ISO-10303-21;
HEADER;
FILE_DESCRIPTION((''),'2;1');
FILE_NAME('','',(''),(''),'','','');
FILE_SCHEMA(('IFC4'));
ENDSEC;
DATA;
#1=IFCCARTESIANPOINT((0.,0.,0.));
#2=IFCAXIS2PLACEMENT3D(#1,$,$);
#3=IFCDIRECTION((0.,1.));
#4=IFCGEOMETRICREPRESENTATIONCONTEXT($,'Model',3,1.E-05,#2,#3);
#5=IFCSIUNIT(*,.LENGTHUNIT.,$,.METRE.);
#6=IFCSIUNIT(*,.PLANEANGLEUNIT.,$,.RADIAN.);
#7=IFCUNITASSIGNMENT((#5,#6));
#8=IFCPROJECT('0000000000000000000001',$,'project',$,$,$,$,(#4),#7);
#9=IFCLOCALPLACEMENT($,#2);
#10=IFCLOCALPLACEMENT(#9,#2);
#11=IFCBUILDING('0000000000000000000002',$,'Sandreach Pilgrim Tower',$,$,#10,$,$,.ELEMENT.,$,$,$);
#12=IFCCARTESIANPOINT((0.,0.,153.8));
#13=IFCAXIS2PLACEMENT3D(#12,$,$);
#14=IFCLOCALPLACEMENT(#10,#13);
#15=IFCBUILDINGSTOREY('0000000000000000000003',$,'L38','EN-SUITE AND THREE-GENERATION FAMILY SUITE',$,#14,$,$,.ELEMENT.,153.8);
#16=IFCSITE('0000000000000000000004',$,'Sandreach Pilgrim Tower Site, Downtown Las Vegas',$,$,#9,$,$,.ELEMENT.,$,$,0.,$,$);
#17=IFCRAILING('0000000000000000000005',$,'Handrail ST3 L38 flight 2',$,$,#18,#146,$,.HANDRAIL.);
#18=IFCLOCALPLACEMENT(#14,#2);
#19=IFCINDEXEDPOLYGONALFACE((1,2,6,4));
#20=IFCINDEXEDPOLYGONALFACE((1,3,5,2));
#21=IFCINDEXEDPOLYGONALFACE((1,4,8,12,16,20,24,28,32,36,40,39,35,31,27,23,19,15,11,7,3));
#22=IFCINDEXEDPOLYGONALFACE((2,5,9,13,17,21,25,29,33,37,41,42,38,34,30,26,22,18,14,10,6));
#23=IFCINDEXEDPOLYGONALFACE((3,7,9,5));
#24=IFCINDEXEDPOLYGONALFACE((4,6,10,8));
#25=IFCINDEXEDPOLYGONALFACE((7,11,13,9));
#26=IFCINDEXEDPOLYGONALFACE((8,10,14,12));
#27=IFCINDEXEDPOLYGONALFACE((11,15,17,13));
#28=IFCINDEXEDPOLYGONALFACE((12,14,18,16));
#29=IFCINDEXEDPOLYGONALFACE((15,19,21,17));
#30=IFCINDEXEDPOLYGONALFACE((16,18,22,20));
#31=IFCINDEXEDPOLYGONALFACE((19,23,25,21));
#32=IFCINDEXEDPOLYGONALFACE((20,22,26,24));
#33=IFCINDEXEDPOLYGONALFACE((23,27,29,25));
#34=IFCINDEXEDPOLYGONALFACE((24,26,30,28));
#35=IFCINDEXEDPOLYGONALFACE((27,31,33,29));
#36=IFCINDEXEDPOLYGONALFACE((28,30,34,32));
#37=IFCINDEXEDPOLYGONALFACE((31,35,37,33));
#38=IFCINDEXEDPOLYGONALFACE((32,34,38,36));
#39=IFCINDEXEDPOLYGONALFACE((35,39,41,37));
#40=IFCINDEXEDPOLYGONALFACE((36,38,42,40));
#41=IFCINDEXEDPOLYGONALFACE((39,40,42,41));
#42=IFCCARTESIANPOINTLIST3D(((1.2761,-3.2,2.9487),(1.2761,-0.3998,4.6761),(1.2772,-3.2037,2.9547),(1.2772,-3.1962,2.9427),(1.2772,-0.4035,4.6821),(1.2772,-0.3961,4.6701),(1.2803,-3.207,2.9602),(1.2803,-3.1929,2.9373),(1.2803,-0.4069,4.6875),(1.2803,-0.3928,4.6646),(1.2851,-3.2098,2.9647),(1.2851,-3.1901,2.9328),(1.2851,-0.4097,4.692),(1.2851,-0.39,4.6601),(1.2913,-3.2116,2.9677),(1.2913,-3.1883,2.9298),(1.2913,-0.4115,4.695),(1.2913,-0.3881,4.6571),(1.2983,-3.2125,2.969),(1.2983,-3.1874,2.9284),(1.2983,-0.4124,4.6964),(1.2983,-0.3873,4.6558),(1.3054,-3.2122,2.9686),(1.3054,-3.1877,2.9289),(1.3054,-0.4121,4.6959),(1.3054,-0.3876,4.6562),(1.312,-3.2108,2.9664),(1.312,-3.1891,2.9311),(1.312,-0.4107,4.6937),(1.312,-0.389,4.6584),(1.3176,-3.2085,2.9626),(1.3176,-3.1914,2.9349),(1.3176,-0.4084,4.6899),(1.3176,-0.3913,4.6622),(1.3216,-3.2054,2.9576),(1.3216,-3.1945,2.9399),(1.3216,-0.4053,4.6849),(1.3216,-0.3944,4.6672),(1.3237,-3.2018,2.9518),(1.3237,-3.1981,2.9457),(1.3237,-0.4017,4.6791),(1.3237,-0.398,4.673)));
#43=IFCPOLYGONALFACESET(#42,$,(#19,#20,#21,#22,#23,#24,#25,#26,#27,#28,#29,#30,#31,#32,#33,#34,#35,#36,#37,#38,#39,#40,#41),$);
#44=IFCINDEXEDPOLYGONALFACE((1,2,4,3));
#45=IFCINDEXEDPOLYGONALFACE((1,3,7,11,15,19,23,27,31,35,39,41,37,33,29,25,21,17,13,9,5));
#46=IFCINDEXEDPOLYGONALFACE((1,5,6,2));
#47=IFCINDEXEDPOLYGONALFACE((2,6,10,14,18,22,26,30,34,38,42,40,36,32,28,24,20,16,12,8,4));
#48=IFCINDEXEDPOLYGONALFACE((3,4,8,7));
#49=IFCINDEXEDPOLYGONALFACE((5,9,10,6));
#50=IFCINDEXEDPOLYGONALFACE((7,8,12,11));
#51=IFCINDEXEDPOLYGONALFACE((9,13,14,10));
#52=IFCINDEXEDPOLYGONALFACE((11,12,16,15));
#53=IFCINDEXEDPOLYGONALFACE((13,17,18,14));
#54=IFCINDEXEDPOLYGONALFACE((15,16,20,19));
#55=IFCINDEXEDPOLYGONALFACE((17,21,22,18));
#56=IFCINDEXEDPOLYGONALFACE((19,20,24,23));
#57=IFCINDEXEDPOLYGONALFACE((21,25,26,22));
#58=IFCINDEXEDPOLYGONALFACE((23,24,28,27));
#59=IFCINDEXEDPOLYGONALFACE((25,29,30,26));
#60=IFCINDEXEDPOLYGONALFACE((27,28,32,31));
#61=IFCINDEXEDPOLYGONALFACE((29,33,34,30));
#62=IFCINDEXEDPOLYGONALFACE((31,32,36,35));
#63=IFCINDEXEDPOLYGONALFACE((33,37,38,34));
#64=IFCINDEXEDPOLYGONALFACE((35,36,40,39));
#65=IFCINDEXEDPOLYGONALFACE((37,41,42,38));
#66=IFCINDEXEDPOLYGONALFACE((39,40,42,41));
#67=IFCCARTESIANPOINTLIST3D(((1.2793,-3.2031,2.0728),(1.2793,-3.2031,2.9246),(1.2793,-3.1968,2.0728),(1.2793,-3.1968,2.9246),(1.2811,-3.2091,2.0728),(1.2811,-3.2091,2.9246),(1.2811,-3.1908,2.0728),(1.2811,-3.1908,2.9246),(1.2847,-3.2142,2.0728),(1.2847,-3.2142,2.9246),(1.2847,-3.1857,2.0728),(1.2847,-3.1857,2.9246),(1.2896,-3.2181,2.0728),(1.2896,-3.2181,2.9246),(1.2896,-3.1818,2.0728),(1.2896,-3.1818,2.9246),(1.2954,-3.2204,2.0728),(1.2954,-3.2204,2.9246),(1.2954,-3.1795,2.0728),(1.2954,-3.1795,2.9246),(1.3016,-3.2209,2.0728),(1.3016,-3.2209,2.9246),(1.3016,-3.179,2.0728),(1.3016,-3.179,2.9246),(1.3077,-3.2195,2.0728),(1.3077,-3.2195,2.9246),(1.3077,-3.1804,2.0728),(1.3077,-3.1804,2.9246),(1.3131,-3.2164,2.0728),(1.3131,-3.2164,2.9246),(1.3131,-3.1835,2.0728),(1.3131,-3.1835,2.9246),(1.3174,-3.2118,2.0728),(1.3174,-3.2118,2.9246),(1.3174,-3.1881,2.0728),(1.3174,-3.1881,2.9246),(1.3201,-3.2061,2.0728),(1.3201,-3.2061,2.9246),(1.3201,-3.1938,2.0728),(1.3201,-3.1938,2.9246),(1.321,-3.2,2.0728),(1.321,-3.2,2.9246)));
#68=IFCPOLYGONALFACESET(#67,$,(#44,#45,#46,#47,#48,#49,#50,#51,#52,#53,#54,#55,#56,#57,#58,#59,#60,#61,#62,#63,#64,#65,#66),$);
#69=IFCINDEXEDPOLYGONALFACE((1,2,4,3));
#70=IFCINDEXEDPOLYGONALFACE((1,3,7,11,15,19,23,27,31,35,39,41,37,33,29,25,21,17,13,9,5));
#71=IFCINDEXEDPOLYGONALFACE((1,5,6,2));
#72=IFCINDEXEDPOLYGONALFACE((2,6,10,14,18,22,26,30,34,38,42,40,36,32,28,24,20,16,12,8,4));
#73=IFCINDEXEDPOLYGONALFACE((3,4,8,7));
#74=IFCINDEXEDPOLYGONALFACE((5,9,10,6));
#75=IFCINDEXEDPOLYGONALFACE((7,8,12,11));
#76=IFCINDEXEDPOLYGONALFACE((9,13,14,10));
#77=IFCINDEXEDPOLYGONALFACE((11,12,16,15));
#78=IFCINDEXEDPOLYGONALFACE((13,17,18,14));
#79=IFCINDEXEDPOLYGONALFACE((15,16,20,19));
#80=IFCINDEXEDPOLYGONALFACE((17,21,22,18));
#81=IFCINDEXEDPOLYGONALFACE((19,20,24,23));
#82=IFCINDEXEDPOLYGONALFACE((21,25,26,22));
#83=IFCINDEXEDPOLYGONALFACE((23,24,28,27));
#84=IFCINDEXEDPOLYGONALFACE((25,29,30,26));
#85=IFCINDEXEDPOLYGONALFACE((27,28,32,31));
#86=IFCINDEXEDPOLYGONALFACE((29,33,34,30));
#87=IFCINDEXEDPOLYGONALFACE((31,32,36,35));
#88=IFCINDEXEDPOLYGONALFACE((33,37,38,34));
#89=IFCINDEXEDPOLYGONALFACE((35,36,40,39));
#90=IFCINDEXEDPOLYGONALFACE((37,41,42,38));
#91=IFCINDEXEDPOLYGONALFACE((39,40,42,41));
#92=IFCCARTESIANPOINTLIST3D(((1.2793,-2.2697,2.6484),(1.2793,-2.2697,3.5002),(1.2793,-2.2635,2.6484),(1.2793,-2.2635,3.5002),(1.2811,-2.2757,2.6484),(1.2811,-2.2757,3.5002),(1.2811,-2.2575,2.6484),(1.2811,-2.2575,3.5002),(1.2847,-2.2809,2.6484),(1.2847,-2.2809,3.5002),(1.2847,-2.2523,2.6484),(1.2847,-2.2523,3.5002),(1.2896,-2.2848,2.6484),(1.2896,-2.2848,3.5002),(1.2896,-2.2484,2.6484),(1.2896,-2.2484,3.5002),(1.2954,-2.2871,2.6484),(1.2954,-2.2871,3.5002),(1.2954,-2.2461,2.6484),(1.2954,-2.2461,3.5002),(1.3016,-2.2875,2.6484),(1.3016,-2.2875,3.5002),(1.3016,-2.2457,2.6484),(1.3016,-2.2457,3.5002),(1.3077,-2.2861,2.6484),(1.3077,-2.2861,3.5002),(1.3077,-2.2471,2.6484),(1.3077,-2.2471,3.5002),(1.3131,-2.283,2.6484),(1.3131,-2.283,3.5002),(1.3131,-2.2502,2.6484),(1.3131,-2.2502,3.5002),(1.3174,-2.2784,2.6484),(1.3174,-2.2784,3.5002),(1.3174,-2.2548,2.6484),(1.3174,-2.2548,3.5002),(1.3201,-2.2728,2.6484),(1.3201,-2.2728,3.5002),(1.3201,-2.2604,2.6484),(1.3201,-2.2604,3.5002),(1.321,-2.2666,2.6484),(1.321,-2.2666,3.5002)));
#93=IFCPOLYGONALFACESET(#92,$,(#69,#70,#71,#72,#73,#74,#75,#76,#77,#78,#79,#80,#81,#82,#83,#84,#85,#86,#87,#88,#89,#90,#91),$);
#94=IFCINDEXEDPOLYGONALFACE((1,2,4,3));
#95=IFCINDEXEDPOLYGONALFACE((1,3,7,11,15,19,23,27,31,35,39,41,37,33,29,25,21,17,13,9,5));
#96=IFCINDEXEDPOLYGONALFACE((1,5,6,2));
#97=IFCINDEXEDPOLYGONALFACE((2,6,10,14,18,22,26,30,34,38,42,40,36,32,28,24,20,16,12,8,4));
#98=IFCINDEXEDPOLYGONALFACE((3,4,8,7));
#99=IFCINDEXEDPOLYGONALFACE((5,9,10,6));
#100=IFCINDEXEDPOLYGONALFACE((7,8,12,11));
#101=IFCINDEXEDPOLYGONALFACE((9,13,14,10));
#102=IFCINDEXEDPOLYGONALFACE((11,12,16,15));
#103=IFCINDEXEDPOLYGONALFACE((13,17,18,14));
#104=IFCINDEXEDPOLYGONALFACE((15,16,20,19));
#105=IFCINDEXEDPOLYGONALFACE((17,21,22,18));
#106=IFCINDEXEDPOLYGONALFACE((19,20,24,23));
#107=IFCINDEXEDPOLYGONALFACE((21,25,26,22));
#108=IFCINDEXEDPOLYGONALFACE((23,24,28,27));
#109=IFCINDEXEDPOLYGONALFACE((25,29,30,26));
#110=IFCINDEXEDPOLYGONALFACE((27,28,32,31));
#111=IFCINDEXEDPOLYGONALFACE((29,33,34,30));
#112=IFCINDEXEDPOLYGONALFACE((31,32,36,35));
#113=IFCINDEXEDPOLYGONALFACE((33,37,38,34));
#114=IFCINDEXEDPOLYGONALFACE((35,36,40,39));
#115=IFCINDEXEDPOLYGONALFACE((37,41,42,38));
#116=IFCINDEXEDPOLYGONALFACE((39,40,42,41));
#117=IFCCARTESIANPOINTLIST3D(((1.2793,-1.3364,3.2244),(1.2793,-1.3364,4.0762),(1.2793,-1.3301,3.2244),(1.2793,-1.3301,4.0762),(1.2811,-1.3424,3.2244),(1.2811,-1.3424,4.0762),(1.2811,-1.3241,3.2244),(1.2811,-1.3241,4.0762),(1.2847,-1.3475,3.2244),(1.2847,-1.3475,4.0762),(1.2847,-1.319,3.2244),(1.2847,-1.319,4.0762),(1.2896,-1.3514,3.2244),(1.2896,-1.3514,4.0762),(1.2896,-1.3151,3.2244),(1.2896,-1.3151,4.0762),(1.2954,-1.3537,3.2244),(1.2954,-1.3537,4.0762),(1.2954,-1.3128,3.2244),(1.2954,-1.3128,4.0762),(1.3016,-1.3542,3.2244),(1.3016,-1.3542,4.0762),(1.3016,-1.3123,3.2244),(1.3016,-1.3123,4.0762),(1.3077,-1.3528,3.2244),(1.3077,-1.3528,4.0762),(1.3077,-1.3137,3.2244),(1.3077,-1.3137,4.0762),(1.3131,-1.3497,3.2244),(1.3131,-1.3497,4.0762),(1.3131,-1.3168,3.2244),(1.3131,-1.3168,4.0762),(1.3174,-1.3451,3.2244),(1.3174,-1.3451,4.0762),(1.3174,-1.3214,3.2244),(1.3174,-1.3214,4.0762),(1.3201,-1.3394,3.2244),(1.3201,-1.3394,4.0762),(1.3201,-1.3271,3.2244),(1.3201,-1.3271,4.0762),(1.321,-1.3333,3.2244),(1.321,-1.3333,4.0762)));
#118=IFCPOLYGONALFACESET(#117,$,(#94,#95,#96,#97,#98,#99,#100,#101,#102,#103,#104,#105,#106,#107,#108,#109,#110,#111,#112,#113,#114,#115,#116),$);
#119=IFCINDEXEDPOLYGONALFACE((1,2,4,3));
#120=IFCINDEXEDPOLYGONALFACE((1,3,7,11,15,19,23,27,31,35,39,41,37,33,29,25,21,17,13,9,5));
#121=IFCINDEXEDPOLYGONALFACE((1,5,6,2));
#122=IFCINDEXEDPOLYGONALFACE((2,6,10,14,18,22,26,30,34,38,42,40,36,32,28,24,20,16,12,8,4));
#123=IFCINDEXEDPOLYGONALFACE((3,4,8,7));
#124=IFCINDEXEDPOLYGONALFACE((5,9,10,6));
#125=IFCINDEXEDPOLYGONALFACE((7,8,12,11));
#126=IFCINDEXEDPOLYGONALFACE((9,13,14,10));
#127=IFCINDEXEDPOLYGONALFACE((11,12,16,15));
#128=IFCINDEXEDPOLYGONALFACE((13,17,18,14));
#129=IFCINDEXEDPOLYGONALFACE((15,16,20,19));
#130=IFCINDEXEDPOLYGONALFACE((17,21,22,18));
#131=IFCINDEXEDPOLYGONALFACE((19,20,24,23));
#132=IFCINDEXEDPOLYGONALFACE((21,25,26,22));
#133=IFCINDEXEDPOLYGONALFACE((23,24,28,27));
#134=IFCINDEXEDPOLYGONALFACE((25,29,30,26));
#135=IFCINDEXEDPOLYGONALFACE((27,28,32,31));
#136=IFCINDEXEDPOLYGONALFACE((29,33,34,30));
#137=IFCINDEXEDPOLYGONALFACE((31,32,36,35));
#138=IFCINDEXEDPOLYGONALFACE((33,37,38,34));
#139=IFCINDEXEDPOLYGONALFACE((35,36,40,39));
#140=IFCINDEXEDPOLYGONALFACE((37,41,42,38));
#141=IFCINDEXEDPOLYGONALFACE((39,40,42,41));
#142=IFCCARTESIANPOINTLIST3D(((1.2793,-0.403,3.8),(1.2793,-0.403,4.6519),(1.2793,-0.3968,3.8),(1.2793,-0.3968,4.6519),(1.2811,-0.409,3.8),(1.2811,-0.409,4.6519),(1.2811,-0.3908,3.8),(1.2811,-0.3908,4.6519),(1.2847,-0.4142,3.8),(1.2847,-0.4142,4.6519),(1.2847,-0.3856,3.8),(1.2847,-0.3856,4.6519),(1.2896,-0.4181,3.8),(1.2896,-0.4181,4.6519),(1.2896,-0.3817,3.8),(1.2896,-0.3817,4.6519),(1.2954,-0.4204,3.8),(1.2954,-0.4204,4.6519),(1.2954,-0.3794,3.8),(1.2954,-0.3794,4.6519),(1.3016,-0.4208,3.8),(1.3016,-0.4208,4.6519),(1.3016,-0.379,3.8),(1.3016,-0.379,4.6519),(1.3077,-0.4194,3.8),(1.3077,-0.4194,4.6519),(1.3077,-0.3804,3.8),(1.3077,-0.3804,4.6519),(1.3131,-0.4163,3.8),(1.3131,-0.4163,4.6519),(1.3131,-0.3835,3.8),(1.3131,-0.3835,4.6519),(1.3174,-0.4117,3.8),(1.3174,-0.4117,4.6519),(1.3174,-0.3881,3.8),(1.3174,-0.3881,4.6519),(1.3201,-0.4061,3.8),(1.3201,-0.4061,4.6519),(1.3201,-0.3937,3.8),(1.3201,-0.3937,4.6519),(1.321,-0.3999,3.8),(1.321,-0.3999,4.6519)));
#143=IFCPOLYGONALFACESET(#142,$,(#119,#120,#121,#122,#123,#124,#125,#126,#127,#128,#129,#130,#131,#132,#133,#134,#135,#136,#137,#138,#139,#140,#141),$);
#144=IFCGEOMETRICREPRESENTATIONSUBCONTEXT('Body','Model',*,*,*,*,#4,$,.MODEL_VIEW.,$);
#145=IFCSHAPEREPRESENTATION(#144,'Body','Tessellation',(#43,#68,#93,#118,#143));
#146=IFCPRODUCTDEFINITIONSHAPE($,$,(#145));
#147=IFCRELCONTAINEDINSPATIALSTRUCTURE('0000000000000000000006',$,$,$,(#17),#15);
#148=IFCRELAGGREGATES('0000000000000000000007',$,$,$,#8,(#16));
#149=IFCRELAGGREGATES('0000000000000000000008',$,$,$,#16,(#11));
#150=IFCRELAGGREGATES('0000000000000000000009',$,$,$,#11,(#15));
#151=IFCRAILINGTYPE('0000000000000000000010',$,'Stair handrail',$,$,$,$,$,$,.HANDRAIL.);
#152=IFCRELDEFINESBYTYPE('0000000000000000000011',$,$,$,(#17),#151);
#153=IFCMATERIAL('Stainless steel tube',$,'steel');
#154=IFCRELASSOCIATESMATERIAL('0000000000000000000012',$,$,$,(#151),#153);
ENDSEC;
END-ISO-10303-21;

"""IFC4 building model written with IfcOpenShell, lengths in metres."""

from ifc_helpers import new_model, si_unit, direction, frame, origin, origin_2d, place, context, subcontext, project, spatial, circle, extrude, material, type_object, element, save


model = new_model("IFC4")

# Units and contexts
model_context = context("Model", 3, precision=1e-05, world=origin(), true_north=direction((0.0, 1.0)))
body_context = subcontext(model_context, "Body", "Model", "MODEL_VIEW")
ifc_project = project(units=[si_unit("LENGTHUNIT", "METRE"), si_unit("PLANEANGLEUNIT", "RADIAN")], contexts=[model_context])

# Site, building, storey
site_placement = place(None, origin())
site = spatial("IfcSite", under=ifc_project, at=site_placement, Name="Sandreach Pilgrim Tower Site, Downtown Las Vegas", CompositionType="ELEMENT", RefElevation=0.0)
building_placement = place(site_placement, origin())
building = spatial("IfcBuilding", under=site, at=building_placement, Name="Sandreach Pilgrim Tower", CompositionType="ELEMENT")
storey_placement = place(building_placement, frame((0.0, 0.0, 153.8)))
storey = spatial("IfcBuildingStorey", under=building, at=storey_placement, Name="L38", Description="EN-SUITE AND THREE-GENERATION FAMILY SUITE", CompositionType="ELEMENT", Elevation=153.8)

# Railing
ifc_material_1 = material(Name="Stainless steel tube", Category="steel")
railing_type = type_object("IfcRailingType", Name="Stair handrail", PredefinedType="HANDRAIL", material=ifc_material_1)
for number, where, name in (
    (1, (1.3, -3.2, 2.0728), "Handrail ST3 L38 flight 2"),
):
    element("IfcRailing", number, at=place(storey_placement, frame(where)), inside=storey, type_object=railing_type, Name=name, PredefinedType="HANDRAIL", context=body_context, shape_type="SweptSolid", body=[
        extrude(circle(Radius=0.0239, at=origin_2d()), frame((0.0, 0.0, 0.876), z_axis=(0.0, 0.85109, 0.52502), x_axis=(-1.0, 0.0, 0.0)), (0.0, 0.0, 1.0), 3.29),
        extrude(circle(Radius=0.021, at=origin_2d()), origin(), (0.0, 0.0, 1.0), 0.8518),
        extrude(circle(Radius=0.021, at=origin_2d()), frame((0.0, 0.9333, 0.5757)), (0.0, 0.0, 1.0), 0.8518),
        extrude(circle(Radius=0.021, at=origin_2d()), frame((0.0, 1.8667, 1.1516)), (0.0, 0.0, 1.0), 0.8518),
        extrude(circle(Radius=0.021, at=origin_2d()), frame((0.0, 2.8, 1.7273)), (0.0, 0.0, 1.0), 0.8518),
    ])

save(model, "model.ifc")
